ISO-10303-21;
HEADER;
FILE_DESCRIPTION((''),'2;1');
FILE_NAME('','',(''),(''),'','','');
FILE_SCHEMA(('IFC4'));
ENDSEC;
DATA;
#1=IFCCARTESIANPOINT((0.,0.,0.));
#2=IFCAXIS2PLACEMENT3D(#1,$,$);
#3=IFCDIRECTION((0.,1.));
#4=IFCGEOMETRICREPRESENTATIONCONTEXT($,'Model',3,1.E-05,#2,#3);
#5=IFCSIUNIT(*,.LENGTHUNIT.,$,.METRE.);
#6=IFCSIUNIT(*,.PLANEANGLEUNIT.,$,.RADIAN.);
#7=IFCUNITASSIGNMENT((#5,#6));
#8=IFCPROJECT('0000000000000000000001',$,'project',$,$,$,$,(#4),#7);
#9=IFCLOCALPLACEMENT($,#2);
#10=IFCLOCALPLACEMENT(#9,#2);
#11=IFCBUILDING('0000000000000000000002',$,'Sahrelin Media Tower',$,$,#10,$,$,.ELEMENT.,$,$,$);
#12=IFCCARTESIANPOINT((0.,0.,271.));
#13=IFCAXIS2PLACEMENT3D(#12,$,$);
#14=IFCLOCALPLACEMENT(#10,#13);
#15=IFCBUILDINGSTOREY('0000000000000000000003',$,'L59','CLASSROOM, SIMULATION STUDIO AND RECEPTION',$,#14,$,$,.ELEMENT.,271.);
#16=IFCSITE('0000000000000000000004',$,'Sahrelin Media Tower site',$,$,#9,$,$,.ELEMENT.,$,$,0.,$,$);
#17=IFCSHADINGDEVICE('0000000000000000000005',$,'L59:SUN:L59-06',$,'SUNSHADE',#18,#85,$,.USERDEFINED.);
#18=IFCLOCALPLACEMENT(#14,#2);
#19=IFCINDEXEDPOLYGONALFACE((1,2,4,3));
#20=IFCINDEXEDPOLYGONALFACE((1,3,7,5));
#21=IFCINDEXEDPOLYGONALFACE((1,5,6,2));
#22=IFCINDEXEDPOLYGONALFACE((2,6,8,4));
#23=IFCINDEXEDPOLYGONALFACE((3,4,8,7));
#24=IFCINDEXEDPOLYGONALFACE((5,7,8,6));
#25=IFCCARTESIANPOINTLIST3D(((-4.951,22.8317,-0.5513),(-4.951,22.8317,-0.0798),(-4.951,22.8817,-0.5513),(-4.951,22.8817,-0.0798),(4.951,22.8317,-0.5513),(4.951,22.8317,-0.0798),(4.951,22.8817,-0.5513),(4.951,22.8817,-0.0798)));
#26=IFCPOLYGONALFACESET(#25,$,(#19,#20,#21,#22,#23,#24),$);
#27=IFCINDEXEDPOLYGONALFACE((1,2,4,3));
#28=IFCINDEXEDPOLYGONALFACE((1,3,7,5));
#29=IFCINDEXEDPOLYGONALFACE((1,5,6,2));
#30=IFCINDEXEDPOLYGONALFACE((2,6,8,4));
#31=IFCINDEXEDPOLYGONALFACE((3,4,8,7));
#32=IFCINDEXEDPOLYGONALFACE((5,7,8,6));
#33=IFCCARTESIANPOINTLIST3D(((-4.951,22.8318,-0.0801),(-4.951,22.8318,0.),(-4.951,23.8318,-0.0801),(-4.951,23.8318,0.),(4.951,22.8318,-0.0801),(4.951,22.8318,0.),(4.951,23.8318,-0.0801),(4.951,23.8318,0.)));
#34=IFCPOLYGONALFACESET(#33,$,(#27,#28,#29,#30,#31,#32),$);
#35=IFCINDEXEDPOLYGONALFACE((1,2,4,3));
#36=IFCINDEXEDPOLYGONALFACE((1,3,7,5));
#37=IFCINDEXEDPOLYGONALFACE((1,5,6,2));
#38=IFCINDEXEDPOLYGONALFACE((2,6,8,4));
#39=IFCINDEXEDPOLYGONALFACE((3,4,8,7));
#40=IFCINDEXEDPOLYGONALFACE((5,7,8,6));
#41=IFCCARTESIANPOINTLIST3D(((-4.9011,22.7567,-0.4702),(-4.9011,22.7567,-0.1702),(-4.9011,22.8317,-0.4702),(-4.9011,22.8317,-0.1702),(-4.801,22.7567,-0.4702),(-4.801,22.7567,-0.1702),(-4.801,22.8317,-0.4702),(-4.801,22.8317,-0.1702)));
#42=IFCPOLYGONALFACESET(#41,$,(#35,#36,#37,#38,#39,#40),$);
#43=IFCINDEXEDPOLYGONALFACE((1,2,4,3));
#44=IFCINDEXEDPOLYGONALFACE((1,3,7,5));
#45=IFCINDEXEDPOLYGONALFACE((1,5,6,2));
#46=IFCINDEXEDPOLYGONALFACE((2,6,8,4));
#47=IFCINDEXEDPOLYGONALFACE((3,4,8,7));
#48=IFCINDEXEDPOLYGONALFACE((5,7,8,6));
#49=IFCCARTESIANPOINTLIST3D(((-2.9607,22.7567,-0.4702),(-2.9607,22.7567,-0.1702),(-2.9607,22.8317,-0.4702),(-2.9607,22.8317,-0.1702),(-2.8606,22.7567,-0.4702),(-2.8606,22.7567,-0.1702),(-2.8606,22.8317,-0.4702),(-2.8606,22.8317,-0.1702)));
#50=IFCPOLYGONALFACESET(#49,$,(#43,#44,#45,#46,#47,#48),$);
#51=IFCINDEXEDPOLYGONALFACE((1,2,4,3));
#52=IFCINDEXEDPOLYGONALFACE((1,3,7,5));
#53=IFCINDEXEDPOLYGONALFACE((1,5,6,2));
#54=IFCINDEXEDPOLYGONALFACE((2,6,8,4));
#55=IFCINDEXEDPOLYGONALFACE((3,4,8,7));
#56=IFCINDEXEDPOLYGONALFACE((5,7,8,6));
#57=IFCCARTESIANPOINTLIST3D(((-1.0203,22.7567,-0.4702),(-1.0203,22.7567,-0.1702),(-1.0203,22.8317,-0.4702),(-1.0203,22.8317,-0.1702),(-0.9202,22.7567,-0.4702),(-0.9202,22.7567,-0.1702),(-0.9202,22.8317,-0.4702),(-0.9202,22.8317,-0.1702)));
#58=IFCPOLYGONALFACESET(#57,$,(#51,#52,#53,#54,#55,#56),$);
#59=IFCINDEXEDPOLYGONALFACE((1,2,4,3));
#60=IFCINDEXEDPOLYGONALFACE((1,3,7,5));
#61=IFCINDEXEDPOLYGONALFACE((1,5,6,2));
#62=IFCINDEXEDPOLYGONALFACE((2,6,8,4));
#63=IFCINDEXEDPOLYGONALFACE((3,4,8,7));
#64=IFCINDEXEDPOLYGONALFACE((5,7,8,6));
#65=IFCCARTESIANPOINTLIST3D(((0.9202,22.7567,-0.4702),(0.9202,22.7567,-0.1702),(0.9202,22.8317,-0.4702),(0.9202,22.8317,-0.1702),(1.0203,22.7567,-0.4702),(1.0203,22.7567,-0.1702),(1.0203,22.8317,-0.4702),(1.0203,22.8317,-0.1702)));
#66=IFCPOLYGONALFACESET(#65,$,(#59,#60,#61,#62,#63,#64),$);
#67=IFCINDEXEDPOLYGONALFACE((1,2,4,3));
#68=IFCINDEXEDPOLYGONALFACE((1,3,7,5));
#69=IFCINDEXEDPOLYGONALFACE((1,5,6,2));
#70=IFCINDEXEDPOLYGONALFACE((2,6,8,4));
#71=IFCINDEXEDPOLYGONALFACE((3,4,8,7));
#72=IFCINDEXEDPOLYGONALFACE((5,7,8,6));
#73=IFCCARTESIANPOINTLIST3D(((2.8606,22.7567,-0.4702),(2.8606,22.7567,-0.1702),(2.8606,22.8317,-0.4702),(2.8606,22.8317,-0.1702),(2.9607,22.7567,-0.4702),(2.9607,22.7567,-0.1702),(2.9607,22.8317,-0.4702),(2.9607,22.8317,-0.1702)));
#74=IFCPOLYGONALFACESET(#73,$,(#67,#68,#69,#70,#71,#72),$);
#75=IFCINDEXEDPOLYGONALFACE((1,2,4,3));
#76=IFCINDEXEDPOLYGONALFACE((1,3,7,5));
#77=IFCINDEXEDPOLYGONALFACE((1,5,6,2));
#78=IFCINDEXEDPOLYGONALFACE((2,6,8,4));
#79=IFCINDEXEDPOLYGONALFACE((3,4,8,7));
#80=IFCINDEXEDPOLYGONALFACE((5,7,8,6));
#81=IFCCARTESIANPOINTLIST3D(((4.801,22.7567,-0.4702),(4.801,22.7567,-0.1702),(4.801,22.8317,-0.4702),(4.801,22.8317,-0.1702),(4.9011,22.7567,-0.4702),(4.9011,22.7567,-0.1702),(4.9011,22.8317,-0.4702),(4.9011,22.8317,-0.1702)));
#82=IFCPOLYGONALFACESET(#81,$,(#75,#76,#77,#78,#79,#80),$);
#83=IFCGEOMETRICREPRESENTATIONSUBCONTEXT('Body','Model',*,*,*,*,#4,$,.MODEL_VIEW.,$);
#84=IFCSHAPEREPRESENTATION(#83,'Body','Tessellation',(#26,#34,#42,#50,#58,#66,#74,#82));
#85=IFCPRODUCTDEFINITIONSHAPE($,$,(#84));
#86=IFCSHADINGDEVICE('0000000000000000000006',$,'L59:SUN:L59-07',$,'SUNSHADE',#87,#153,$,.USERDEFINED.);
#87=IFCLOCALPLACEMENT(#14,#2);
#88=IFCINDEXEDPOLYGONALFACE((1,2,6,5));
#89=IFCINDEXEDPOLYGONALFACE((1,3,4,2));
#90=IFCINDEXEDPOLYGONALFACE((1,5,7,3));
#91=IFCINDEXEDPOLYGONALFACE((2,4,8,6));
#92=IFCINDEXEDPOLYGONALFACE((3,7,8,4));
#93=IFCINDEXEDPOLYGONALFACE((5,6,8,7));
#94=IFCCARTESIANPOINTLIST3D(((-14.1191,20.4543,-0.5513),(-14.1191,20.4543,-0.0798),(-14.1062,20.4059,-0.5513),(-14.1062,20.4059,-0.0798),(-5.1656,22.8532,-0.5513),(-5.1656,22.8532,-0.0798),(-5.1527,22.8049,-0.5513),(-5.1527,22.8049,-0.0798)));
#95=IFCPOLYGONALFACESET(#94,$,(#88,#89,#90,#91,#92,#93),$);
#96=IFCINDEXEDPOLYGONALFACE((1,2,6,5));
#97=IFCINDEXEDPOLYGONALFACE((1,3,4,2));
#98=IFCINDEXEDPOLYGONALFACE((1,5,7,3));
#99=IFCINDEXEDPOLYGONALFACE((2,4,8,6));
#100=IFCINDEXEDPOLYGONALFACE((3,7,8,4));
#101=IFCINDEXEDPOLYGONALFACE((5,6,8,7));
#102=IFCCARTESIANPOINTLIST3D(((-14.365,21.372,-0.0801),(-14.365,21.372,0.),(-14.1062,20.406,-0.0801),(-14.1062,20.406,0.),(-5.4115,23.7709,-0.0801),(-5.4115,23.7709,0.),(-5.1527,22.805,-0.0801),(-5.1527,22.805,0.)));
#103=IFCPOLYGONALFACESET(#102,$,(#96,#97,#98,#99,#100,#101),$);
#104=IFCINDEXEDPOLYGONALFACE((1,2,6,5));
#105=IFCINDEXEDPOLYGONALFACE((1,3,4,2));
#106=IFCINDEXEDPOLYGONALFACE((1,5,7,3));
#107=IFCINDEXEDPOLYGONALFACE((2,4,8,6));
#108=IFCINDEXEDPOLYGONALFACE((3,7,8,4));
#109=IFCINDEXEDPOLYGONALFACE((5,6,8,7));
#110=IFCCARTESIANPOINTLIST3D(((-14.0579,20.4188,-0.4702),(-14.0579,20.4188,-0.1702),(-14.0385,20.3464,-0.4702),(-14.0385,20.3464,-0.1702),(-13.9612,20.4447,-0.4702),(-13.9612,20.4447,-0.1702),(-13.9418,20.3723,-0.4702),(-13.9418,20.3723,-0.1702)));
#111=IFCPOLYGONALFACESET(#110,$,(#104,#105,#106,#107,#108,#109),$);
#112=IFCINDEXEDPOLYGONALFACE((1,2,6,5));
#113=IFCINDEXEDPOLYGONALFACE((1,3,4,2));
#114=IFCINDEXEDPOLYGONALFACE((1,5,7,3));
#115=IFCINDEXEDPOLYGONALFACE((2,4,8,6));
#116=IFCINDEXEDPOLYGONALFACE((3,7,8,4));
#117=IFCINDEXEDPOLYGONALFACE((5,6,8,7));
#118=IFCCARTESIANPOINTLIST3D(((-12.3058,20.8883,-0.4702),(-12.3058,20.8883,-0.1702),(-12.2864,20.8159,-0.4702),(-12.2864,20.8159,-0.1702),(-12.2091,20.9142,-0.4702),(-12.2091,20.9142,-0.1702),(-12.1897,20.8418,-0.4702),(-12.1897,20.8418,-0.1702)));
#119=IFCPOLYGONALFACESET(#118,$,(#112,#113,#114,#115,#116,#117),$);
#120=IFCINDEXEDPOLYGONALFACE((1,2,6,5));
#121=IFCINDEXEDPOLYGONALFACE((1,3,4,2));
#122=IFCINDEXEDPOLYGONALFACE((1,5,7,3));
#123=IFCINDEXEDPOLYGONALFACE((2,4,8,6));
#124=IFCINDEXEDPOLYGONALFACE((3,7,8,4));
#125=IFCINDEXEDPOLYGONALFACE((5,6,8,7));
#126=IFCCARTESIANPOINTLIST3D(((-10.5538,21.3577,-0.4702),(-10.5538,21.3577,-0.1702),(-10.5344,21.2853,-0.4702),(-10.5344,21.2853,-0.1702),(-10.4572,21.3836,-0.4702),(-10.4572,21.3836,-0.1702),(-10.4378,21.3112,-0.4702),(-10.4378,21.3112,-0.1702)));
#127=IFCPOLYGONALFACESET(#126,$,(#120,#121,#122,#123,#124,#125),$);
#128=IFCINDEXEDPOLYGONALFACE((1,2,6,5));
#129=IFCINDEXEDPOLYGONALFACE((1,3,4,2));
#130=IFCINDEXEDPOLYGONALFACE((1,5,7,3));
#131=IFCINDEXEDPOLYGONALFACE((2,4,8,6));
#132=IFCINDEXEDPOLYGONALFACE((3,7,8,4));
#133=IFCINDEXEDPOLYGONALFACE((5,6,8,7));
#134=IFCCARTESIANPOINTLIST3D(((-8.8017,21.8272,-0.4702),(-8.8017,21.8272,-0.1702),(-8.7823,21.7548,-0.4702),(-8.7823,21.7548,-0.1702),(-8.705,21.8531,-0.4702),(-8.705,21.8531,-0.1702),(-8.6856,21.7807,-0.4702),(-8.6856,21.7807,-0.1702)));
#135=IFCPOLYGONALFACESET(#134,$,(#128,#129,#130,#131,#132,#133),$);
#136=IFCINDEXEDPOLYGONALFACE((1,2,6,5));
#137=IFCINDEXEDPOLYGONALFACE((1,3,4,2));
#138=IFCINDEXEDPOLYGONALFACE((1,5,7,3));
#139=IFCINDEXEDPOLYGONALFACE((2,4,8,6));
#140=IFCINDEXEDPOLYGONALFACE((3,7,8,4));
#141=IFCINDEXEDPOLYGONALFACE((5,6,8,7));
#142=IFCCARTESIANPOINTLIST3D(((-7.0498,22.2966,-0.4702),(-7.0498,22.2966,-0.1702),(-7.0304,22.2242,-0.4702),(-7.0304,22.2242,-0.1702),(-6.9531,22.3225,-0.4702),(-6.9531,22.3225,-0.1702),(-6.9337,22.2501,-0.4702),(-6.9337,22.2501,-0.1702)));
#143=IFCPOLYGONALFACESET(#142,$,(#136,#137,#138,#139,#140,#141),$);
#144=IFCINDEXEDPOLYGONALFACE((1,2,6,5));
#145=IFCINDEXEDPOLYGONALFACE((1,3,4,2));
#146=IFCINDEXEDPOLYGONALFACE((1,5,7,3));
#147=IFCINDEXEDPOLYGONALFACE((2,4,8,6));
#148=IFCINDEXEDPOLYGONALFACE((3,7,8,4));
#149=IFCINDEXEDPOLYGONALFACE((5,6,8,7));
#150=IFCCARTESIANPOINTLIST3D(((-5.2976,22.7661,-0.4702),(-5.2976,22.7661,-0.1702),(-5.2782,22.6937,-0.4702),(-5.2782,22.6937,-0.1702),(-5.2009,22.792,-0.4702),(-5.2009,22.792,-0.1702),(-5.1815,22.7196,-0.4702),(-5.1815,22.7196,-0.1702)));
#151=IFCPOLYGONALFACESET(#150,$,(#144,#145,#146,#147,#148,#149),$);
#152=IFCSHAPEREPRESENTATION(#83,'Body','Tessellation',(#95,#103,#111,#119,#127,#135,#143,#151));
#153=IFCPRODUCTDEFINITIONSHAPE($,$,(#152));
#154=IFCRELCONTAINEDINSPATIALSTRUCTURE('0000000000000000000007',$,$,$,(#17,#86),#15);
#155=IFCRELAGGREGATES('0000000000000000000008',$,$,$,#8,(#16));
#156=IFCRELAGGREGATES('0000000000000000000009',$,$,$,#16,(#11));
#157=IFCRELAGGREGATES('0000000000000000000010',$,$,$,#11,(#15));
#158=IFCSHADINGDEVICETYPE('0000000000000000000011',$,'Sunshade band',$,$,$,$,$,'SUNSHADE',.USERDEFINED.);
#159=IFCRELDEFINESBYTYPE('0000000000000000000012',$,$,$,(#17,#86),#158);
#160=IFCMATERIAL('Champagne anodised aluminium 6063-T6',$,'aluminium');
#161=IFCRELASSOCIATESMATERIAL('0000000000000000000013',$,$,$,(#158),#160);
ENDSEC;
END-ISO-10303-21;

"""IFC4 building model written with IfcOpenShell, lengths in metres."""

from ifc_helpers import new_model, si_unit, direction, frame, origin, origin_2d, place, context, subcontext, project, spatial, rectangle, extrude, material, type_object, element, save


model = new_model("IFC4")

# Units and contexts
model_context = context("Model", 3, precision=1e-05, world=origin(), true_north=direction((0.0, 1.0)))
body_context = subcontext(model_context, "Body", "Model", "MODEL_VIEW")
ifc_project = project(units=[si_unit("LENGTHUNIT", "METRE"), si_unit("PLANEANGLEUNIT", "RADIAN")], contexts=[model_context])

# Site, building, storey
site_placement = place(None, origin())
site = spatial("IfcSite", under=ifc_project, at=site_placement, Name="Sahrelin Media Tower site", CompositionType="ELEMENT", RefElevation=0.0)
building_placement = place(site_placement, origin())
building = spatial("IfcBuilding", under=site, at=building_placement, Name="Sahrelin Media Tower", CompositionType="ELEMENT")
storey_placement = place(building_placement, frame((0.0, 0.0, 271.0)))
storey = spatial("IfcBuildingStorey", under=building, at=storey_placement, Name="L59", Description="CLASSROOM, SIMULATION STUDIO AND RECEPTION", CompositionType="ELEMENT", Elevation=271.0)

# Shared definitions
ifc_material_1 = material(Name="Champagne anodised aluminium 6063-T6", Category="aluminium")
placement_1 = place(storey_placement, frame((0.0, 22.8118, 0.0), z_axis=(0.0, 0.0, 1.0), x_axis=(1.0, 0.0, 0.0)))

# Shading devices
placement_2 = place(storey_placement, frame((-9.6243, 21.5862, 0.0), z_axis=(0.0, 0.0, 1.0), x_axis=(0.965929, 0.258808, 0.0)))
shading_device_type_1 = type_object("IfcShadingDeviceType", Name="Sunshade band", ElementType="SUNSHADE", PredefinedType="USERDEFINED", material=ifc_material_1)
element("IfcShadingDevice", 1, at=placement_1, inside=storey, type_object=shading_device_type_1, Name="L59:SUN:L59-06", ObjectType="SUNSHADE", PredefinedType="USERDEFINED", context=body_context, shape_type="SweptSolid", body=[
    extrude(rectangle(XDim=9.9021, YDim=0.05, at=origin_2d()), frame((0.0, 0.0449, -0.5513)), (0.0, 0.0, 1.0), 0.4714),
    extrude(rectangle(XDim=9.9021, YDim=1.0, at=origin_2d()), frame((0.0, 0.52, -0.0801)), (0.0, 0.0, 1.0), 0.0801),
    extrude(rectangle(XDim=0.1001, YDim=0.075, at=origin_2d()), frame((-4.8511, -0.0176, -0.4702)), (0.0, 0.0, 1.0), 0.3),
    extrude(rectangle(XDim=0.1001, YDim=0.075, at=origin_2d()), frame((-2.9106, -0.0176, -0.4702)), (0.0, 0.0, 1.0), 0.3),
    extrude(rectangle(XDim=0.1001, YDim=0.075, at=origin_2d()), frame((-0.9702, -0.0176, -0.4702)), (0.0, 0.0, 1.0), 0.3),
    extrude(rectangle(XDim=0.1001, YDim=0.075, at=origin_2d()), frame((0.9702, -0.0176, -0.4702)), (0.0, 0.0, 1.0), 0.3),
    extrude(rectangle(XDim=0.1001, YDim=0.075, at=origin_2d()), frame((2.9106, -0.0176, -0.4702)), (0.0, 0.0, 1.0), 0.3),
    extrude(rectangle(XDim=0.1001, YDim=0.075, at=origin_2d()), frame((4.8511, -0.0176, -0.4702)), (0.0, 0.0, 1.0), 0.3),
])
element("IfcShadingDevice", 2, at=placement_2, inside=storey, type_object=shading_device_type_1, Name="L59:SUN:L59-07", ObjectType="SUNSHADE", PredefinedType="USERDEFINED", context=body_context, shape_type="SweptSolid", body=[
    extrude(rectangle(XDim=9.2693, YDim=0.05, at=origin_2d()), frame((0.0, 0.0449, -0.5513)), (0.0, 0.0, 1.0), 0.4714),
    extrude(rectangle(XDim=9.2693, YDim=1.0, at=origin_2d()), frame((0.0, 0.52, -0.0801)), (0.0, 0.0, 1.0), 0.0801),
    extrude(rectangle(XDim=0.1001, YDim=0.075, at=origin_2d()), frame((-4.5347, -0.0176, -0.4702)), (0.0, 0.0, 1.0), 0.3),
    extrude(rectangle(XDim=0.1001, YDim=0.075, at=origin_2d()), frame((-2.7207, -0.0176, -0.4702)), (0.0, 0.0, 1.0), 0.3),
    extrude(rectangle(XDim=0.1001, YDim=0.075, at=origin_2d()), frame((-0.907, -0.0176, -0.4702)), (0.0, 0.0, 1.0), 0.3),
    extrude(rectangle(XDim=0.1001, YDim=0.075, at=origin_2d()), frame((0.907, -0.0176, -0.4702)), (0.0, 0.0, 1.0), 0.3),
    extrude(rectangle(XDim=0.1001, YDim=0.075, at=origin_2d()), frame((2.7207, -0.0176, -0.4702)), (0.0, 0.0, 1.0), 0.3),
    extrude(rectangle(XDim=0.1001, YDim=0.075, at=origin_2d()), frame((4.5347, -0.0176, -0.4702)), (0.0, 0.0, 1.0), 0.3),
])

save(model, "model.ifc")
